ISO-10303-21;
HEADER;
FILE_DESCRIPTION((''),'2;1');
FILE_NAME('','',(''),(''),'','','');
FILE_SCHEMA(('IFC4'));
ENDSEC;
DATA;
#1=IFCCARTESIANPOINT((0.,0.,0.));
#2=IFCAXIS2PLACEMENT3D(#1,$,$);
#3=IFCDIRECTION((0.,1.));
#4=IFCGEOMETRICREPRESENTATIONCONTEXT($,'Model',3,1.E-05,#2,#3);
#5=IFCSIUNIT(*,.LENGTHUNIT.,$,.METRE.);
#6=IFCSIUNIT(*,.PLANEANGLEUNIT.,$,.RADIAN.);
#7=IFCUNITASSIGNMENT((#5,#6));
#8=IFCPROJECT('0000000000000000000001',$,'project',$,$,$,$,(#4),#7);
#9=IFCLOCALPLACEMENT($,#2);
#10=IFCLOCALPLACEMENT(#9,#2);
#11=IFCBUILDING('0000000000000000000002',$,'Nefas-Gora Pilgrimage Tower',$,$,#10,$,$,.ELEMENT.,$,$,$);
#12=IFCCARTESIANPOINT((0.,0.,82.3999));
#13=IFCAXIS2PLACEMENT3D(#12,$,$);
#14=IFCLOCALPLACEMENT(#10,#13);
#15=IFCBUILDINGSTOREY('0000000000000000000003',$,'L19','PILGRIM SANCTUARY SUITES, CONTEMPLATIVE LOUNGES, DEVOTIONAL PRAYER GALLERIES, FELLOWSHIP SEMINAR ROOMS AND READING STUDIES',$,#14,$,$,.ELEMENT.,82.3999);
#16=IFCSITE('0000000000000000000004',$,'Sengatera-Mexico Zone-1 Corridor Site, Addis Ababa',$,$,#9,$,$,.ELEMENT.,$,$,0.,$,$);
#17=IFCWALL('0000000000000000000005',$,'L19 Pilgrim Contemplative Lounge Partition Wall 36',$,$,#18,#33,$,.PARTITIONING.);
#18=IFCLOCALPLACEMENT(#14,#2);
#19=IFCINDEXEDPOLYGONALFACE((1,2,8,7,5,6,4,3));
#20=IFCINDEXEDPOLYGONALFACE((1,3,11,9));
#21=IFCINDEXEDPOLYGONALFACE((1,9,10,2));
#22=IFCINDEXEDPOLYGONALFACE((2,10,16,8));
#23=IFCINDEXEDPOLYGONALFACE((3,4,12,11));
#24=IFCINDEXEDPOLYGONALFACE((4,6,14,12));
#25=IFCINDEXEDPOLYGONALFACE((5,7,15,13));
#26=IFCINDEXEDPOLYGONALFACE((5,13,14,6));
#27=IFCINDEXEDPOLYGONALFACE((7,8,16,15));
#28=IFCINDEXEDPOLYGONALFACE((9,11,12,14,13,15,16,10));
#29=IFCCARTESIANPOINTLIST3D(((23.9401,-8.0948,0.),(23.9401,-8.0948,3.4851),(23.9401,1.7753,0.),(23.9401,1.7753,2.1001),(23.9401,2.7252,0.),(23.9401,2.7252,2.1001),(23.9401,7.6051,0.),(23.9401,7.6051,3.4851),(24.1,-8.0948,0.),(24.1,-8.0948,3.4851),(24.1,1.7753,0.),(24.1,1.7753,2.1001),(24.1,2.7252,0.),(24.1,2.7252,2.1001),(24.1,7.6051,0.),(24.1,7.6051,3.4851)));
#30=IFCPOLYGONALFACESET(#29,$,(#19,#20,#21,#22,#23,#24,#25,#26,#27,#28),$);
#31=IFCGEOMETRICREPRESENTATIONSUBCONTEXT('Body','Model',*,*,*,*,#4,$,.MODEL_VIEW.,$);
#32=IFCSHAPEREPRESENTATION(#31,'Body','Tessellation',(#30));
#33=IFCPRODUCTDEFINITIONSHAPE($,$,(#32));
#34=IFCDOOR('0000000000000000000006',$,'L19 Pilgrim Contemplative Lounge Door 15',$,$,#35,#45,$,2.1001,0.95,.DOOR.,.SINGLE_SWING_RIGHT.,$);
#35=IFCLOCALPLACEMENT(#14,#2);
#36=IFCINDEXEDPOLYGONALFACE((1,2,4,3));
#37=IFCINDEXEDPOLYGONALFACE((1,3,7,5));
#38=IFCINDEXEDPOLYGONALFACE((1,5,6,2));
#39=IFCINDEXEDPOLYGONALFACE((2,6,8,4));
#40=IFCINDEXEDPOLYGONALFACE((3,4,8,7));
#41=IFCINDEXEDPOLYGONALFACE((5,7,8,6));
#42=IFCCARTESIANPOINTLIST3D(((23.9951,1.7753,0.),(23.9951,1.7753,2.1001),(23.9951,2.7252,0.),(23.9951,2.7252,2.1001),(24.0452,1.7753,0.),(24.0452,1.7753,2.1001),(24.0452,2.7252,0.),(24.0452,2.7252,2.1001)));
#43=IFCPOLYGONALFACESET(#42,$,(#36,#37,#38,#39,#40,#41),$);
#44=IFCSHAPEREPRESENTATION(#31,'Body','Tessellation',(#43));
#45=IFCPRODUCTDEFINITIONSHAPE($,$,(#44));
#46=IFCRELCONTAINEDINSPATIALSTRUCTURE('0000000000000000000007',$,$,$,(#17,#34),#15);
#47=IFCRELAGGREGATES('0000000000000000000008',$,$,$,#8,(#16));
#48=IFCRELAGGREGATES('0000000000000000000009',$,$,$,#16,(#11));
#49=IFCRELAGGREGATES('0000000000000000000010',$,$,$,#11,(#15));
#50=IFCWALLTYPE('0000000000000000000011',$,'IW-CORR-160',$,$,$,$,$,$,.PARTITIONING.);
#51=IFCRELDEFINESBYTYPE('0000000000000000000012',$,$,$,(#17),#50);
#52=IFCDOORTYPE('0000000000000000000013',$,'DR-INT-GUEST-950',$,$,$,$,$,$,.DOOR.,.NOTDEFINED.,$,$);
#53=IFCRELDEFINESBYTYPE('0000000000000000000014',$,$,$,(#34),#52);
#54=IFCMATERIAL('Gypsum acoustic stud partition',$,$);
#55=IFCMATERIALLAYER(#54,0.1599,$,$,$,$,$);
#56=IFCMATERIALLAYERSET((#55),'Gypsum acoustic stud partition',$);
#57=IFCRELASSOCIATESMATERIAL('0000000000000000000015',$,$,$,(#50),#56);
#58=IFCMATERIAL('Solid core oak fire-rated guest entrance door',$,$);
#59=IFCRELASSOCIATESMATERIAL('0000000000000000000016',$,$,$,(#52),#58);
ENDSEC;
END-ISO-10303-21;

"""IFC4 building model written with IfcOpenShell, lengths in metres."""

from ifc_helpers import new_model, si_unit, direction, frame, frame_2d, origin, place, context, subcontext, project, spatial, rectangle, extrude, source, transform, mapped, material, layer, layer_set, type_object, element, fill, save


model = new_model("IFC4")

# Units and contexts
model_context = context("Model", 3, precision=1e-05, world=origin(), true_north=direction((0.0, 1.0)))
body_context = subcontext(model_context, "Body", "Model", "MODEL_VIEW")
ifc_project = project(units=[si_unit("LENGTHUNIT", "METRE"), si_unit("PLANEANGLEUNIT", "RADIAN")], contexts=[model_context])

# Site, building, storey
site_placement = place(None, origin())
site = spatial("IfcSite", under=ifc_project, at=site_placement, Name="Sengatera-Mexico Zone-1 Corridor Site, Addis Ababa", CompositionType="ELEMENT", RefElevation=0.0)
building_placement = place(site_placement, origin())
building = spatial("IfcBuilding", under=site, at=building_placement, Name="Nefas-Gora Pilgrimage Tower", CompositionType="ELEMENT")
storey_placement = place(building_placement, frame((0.0, 0.0, 82.3999)))
storey = spatial("IfcBuildingStorey", under=building, at=storey_placement, Name="L19", Description="PILGRIM SANCTUARY SUITES, CONTEMPLATIVE LOUNGES, DEVOTIONAL PRAYER GALLERIES, FELLOWSHIP SEMINAR ROOMS AND READING STUDIES", CompositionType="ELEMENT", Elevation=82.3999)

# Wall, opening, door
ifc_material_1 = material(Name="Gypsum acoustic stud partition")
ifc_layer_1 = layer(ifc_material_1, 0.1599)
ifc_layer_set_1 = layer_set([ifc_layer_1], Name="Gypsum acoustic stud partition")
wall_type_1 = type_object("IfcWallType", Name="IW-CORR-160", PredefinedType="PARTITIONING", material=ifc_layer_set_1)
shared_shape_1 = source(origin(), body_context, "Body", "SweptSolid", [
    extrude(rectangle(XDim=15.7, YDim=0.1599, at=frame_2d((7.8501, 0.0))), origin(), (0.0, 0.0, 1.0), 3.4851),
])
wall_1_placement = place(storey_placement, frame((24.02, -8.095, 0.0), z_axis=(0.0, 0.0, 1.0), x_axis=(0.0, 1.0, 0.0)))
wall_1 = element("IfcWall", 1, at=wall_1_placement, inside=storey, type_object=wall_type_1, Name="L19 Pilgrim Contemplative Lounge Partition Wall 36", PredefinedType="PARTITIONING", context=body_context, shape_type="MappedRepresentation", body=[
    mapped(shared_shape_1, transform((0.0, 0.0, 0.0), x_axis=(1.0, 0.0, 0.0), y_axis=(0.0, 1.0, 0.0), z_axis=(0.0, 0.0, 1.0), scale=1.0)),
])
opening_1_placement = place(wall_1_placement, frame((9.8701, 0.0, 0.0)))
opening_1 = element("IfcOpeningElement", 2, at=opening_1_placement, cuts=wall_1, PredefinedType="OPENING", context=body_context, shape_type="SweptSolid", body=[
    extrude(rectangle(XDim=0.95, YDim=2.1001, at=frame_2d((0.4751, 1.05))), frame((0.0, 0.0898, 0.0), z_axis=(0.0, -1.0, 0.0), x_axis=(1.0, 0.0, 0.0)), (0.0, 0.0, 1.0), 0.1799),
])
ifc_material_2 = material(Name="Solid core oak fire-rated guest entrance door")
door_type_1 = type_object("IfcDoorType", Name="DR-INT-GUEST-950", OperationType="NOTDEFINED", PredefinedType="DOOR", material=ifc_material_2)
shared_shape_2 = source(origin(), body_context, "Body", "SweptSolid", [
    extrude(rectangle(XDim=0.95, YDim=2.1001, at=frame_2d((0.4751, 1.05))), frame((0.0, 0.0249, 0.0), z_axis=(0.0, -1.0, 0.0), x_axis=(1.0, 0.0, 0.0)), (0.0, 0.0, 1.0), 0.05),
])
door_1_placement = place(opening_1_placement, origin())
door_1 = element("IfcDoor", 3, at=door_1_placement, inside=storey, type_object=door_type_1, Name="L19 Pilgrim Contemplative Lounge Door 15", OperationType="SINGLE_SWING_RIGHT", OverallHeight=2.1001, OverallWidth=0.95, PredefinedType="DOOR", context=body_context, shape_type="MappedRepresentation", body=[
    mapped(shared_shape_2, transform((0.0, 0.0, 0.0), x_axis=(1.0, 0.0, 0.0), y_axis=(0.0, 1.0, 0.0), z_axis=(0.0, 0.0, 1.0), scale=1.0)),
])
fill(opening_1, door_1)

save(model, "model.ifc")
